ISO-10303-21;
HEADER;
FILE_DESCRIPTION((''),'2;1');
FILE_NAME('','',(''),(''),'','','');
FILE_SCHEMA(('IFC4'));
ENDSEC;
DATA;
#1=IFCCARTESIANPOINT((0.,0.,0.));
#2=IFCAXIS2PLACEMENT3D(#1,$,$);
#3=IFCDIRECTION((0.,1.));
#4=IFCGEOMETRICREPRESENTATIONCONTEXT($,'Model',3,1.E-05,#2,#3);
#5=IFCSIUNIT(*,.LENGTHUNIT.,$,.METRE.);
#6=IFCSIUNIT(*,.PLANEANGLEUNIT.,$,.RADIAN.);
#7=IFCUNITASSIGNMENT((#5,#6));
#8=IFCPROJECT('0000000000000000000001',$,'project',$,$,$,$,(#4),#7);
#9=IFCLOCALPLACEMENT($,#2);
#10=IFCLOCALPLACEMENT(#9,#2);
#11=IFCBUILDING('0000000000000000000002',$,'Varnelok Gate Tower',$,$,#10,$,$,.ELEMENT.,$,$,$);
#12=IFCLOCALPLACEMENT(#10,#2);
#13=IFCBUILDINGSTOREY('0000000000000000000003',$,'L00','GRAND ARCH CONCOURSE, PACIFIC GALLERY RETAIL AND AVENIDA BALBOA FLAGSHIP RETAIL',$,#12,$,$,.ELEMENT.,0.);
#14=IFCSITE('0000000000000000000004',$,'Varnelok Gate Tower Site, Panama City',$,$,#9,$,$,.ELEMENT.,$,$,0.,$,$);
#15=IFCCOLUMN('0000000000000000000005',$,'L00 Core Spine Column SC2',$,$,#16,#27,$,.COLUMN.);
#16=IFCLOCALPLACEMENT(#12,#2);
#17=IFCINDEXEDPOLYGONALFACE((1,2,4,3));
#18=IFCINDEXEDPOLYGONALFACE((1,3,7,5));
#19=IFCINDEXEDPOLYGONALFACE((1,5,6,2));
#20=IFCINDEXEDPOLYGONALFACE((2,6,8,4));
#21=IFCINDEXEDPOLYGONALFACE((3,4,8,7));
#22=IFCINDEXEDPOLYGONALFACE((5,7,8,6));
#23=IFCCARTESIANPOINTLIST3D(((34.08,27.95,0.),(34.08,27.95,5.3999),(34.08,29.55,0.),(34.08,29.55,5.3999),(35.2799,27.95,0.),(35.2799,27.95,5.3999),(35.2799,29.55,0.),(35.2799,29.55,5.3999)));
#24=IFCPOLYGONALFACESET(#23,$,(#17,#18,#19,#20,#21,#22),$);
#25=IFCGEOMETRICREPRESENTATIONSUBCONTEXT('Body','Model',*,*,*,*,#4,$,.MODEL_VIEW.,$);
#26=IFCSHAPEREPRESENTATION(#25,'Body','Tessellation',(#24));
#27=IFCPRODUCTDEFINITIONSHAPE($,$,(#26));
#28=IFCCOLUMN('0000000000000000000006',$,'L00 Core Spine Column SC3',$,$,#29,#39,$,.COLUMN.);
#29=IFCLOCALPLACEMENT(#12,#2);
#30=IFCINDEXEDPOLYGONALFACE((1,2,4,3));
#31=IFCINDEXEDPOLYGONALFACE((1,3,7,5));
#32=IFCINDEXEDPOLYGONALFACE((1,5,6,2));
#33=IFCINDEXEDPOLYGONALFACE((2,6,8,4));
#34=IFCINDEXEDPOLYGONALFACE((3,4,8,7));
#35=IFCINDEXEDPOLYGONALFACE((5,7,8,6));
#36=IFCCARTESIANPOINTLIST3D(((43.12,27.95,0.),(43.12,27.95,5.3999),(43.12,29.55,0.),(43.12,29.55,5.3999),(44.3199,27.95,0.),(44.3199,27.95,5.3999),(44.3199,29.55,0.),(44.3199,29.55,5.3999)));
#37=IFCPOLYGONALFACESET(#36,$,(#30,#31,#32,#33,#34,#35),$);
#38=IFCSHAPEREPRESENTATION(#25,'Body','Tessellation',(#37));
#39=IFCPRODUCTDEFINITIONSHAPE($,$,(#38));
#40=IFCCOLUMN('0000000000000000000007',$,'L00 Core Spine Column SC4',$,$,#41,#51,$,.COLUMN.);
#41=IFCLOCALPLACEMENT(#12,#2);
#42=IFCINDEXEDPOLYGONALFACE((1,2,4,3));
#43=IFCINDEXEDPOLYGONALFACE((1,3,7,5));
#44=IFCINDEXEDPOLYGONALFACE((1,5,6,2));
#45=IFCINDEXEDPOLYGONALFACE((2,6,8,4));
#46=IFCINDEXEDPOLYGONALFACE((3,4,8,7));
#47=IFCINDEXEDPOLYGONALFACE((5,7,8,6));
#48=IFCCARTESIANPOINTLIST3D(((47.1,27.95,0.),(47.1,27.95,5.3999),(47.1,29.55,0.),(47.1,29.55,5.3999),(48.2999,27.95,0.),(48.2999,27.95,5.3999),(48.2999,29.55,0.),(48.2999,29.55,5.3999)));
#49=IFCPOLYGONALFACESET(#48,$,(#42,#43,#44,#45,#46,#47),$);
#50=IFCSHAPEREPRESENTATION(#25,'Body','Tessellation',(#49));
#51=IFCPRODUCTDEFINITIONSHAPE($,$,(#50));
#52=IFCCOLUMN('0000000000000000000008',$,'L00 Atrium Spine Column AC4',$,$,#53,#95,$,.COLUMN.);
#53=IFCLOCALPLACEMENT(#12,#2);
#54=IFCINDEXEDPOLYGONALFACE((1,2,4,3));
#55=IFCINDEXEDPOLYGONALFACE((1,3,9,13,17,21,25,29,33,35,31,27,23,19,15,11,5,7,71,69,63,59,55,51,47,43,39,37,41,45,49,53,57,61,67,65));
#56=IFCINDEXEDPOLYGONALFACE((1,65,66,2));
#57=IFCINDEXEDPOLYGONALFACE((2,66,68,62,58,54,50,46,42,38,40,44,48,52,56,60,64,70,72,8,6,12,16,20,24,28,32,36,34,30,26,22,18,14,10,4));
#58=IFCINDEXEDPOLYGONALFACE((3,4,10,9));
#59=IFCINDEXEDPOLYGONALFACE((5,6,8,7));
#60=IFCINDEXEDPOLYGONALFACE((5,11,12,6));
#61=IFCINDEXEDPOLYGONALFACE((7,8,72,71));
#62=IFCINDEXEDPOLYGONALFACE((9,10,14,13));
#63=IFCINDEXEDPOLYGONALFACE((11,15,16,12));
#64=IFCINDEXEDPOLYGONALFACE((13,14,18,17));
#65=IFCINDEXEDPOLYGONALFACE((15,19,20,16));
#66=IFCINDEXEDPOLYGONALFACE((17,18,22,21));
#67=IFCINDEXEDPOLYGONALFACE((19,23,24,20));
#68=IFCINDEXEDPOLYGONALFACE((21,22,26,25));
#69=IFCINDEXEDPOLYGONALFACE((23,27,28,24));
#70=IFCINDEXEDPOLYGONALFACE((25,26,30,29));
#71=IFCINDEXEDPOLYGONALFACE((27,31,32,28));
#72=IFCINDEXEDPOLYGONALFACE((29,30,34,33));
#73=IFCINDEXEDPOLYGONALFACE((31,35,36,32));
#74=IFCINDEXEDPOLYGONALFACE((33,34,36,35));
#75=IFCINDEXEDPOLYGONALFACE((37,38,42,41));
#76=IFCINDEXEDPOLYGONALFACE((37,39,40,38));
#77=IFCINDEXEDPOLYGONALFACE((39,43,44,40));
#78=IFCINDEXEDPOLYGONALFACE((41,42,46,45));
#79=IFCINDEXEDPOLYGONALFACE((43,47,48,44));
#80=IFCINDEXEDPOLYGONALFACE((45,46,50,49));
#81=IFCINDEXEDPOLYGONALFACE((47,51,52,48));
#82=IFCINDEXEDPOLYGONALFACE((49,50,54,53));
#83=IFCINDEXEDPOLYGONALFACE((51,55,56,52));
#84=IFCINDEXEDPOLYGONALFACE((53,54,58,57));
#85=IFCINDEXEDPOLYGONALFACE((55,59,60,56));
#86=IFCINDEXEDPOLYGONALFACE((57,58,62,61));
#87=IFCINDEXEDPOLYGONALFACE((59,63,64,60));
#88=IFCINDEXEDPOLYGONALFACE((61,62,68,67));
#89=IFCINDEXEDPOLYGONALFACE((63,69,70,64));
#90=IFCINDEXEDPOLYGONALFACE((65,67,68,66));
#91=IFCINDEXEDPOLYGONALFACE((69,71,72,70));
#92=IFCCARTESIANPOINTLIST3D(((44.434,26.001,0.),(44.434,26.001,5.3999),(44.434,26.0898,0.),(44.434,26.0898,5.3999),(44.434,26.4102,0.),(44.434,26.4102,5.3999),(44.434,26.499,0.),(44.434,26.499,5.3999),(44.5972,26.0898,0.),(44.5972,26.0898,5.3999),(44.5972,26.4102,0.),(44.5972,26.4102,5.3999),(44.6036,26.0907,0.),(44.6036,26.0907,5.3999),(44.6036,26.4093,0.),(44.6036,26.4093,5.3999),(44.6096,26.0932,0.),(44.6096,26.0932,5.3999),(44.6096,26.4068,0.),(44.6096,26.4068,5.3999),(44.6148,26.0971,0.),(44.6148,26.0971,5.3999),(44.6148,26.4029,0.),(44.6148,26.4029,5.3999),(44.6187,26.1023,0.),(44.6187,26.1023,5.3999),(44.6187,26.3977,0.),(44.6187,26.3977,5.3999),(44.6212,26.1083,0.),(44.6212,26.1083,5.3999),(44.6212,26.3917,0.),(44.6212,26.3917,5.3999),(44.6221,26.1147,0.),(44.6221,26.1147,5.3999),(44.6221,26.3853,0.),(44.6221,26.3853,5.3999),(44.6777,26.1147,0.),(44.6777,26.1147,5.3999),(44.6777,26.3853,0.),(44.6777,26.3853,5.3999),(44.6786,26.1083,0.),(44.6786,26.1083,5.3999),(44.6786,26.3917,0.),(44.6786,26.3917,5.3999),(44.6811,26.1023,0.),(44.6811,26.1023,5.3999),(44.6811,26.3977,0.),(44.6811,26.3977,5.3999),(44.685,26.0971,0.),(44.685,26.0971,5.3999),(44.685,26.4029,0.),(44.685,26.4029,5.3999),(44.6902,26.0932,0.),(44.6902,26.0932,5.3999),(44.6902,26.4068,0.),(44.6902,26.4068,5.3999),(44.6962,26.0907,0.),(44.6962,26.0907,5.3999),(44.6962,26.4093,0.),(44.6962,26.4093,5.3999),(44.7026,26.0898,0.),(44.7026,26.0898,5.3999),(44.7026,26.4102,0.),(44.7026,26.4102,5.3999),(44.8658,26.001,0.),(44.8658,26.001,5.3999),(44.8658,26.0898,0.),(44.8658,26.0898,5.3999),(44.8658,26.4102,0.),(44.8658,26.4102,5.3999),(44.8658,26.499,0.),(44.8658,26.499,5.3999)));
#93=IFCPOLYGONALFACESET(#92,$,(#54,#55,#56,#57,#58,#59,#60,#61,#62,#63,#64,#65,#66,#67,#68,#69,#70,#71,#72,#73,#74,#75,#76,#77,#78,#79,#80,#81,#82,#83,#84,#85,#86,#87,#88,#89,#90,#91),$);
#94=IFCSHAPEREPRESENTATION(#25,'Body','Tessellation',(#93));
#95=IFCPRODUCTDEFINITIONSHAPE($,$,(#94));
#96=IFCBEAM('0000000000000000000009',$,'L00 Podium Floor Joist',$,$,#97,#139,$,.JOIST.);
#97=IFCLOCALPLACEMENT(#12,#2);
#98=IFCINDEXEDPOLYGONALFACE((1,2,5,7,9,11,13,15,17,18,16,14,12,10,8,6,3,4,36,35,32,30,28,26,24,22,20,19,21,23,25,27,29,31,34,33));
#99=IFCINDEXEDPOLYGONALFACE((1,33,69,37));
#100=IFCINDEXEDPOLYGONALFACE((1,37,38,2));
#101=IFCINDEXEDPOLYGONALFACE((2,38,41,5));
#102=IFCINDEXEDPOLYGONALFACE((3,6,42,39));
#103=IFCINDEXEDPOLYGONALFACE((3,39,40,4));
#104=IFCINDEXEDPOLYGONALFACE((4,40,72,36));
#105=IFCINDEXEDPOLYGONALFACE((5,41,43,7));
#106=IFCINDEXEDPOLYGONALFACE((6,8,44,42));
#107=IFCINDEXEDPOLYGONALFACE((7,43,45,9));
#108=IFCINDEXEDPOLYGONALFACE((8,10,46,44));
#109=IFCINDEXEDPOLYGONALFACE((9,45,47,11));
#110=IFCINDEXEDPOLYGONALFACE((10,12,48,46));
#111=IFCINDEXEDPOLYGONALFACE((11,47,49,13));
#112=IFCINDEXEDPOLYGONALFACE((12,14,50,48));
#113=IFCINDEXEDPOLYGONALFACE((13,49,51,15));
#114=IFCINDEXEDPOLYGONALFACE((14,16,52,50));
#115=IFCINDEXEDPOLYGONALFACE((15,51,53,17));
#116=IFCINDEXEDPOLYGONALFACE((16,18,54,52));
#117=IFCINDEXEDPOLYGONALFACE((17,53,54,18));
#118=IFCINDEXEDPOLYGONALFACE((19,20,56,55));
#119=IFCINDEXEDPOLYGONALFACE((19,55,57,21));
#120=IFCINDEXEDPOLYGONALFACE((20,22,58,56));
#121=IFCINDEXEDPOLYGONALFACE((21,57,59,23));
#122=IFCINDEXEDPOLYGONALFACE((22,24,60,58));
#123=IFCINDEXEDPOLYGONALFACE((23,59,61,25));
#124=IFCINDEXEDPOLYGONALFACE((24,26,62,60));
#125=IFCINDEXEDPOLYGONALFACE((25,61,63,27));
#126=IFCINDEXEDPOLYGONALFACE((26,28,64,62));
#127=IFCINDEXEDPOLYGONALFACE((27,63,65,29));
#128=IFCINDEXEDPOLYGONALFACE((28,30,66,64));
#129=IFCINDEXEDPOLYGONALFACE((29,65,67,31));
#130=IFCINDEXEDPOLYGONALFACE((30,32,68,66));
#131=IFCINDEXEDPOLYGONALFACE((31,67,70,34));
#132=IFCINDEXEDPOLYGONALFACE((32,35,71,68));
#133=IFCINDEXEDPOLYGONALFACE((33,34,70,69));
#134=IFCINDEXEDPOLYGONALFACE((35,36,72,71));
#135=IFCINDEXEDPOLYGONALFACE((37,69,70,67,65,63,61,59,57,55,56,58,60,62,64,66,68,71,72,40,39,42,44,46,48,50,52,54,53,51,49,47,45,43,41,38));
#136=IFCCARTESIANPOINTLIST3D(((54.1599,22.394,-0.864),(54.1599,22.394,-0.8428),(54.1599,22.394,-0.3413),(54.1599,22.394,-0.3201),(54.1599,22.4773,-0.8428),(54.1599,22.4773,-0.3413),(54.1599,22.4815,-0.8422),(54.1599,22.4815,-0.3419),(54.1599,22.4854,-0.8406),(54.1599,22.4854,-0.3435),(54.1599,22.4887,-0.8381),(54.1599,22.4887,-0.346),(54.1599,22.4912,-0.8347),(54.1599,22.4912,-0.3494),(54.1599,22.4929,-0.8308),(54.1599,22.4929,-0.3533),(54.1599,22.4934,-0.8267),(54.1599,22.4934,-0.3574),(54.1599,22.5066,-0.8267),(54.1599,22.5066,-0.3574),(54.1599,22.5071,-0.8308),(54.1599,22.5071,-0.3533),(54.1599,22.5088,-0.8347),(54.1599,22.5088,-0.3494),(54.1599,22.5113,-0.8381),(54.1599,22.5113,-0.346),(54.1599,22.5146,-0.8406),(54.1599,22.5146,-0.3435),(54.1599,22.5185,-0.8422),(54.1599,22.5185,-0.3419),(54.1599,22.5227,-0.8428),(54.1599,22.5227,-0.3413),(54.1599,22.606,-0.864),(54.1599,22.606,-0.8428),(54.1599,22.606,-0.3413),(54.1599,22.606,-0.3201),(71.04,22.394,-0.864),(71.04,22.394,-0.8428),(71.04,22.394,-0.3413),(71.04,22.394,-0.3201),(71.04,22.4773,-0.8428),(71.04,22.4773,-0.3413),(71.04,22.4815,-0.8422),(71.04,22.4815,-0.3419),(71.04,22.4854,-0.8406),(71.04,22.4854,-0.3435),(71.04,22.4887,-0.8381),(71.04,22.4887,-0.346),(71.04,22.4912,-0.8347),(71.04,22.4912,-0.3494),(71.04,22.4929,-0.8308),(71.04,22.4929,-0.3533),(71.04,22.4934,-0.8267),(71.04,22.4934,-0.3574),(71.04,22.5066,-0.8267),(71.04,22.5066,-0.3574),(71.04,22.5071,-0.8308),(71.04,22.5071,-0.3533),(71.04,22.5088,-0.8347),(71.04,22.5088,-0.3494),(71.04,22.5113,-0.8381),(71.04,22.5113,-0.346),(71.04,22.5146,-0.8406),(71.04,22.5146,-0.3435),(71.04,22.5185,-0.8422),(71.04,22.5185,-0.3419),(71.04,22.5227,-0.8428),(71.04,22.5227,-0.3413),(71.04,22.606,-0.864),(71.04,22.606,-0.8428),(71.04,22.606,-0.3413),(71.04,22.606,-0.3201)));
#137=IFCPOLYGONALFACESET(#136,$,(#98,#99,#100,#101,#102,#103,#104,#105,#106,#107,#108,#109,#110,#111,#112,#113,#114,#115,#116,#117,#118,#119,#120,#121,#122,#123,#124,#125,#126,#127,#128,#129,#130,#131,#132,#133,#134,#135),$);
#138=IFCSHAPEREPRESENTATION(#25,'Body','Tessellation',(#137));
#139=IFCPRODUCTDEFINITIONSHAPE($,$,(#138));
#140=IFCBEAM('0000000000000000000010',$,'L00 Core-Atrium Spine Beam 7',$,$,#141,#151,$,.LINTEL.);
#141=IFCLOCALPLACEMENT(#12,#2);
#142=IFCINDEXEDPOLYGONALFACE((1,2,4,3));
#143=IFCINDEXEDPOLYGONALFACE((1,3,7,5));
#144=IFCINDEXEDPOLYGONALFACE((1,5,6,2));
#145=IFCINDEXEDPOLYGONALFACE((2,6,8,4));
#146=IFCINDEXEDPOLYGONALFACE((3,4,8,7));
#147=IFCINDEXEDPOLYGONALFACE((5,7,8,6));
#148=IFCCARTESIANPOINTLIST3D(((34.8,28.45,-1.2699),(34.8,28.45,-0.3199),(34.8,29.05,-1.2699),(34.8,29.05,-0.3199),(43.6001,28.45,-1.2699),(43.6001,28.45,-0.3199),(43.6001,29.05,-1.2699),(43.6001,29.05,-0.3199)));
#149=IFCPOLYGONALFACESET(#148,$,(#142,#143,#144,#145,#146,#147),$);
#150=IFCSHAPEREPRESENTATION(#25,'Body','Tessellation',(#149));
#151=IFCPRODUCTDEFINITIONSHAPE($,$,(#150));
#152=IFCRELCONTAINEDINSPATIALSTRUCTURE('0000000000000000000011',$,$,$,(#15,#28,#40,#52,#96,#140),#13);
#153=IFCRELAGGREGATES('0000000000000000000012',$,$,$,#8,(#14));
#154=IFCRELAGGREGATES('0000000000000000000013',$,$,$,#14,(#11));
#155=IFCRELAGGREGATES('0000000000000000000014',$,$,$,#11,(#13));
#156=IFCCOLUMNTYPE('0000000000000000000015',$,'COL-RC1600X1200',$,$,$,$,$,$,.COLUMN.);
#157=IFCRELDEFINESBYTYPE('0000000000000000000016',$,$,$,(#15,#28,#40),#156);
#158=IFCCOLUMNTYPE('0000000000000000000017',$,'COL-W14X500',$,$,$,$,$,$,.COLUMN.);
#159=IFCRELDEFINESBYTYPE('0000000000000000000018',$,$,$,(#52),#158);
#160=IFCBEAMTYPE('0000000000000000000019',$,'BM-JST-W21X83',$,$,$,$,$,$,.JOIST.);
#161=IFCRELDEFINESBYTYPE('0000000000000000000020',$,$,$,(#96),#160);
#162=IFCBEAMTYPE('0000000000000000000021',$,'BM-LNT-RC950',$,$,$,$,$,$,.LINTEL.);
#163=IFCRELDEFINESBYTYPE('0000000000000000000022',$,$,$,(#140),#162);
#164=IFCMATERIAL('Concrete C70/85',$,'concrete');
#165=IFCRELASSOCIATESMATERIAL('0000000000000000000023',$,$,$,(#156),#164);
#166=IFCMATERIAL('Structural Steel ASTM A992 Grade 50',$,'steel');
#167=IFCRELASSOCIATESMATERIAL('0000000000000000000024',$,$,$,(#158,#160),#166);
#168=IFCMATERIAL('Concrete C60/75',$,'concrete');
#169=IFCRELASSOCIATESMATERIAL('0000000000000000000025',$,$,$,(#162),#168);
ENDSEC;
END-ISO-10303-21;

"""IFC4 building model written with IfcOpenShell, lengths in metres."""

from ifc_helpers import new_model, si_unit, direction, frame, origin, origin_2d, place, context, subcontext, project, spatial, rectangle, i_section, extrude, material, material_profile, profile_set, type_object, element, save


model = new_model("IFC4")

# Units and contexts
model_context = context("Model", 3, precision=1e-05, world=origin(), true_north=direction((0.0, 1.0)))
body_context = subcontext(model_context, "Body", "Model", "MODEL_VIEW")
ifc_project = project(units=[si_unit("LENGTHUNIT", "METRE"), si_unit("PLANEANGLEUNIT", "RADIAN")], contexts=[model_context])

# Site, building, storey
site_placement = place(None, origin())
site = spatial("IfcSite", under=ifc_project, at=site_placement, Name="Varnelok Gate Tower Site, Panama City", CompositionType="ELEMENT", RefElevation=0.0)
building_placement = place(site_placement, origin())
building = spatial("IfcBuilding", under=site, at=building_placement, Name="Varnelok Gate Tower", CompositionType="ELEMENT")
storey_placement = place(building_placement, origin())
storey = spatial("IfcBuildingStorey", under=building, at=storey_placement, Name="L00", Description="GRAND ARCH CONCOURSE, PACIFIC GALLERY RETAIL AND AVENIDA BALBOA FLAGSHIP RETAIL", CompositionType="ELEMENT", Elevation=0.0)

# Columns
ifc_material_1 = material(Name="Concrete C70/85", Category="concrete")
ifc_material_profile_1 = material_profile(ifc_material_1, rectangle(XDim=1.2, YDim=1.6001, at=origin_2d()), Name="RC1600X1200")
ifc_profile_set_1 = profile_set([ifc_material_profile_1], Name="Concrete C70/85")
column_type_1 = type_object("IfcColumnType", Name="COL-RC1600X1200", PredefinedType="COLUMN", material=ifc_profile_set_1)
for number, where, z_axis, x_axis, name in (
    (1, (34.6799, 28.75, 0.0), (0.0, 0.0, 1.0), (1.0, 0.0, 0.0), "L00 Core Spine Column SC2"),
    (2, (43.72, 28.75, 0.0), (0.0, 0.0, 1.0), (1.0, 0.0, 0.0), "L00 Core Spine Column SC3"),
    (3, (47.7, 28.75, 0.0), (0.0, 0.0, 1.0), (1.0, 0.0, 0.0), "L00 Core Spine Column SC4"),
):
    element("IfcColumn", number, at=place(storey_placement, frame(where, z_axis=z_axis, x_axis=x_axis)), inside=storey, type_object=column_type_1, Name=name, PredefinedType="COLUMN", context=body_context, shape_type="SweptSolid", body=[
        extrude(rectangle(XDim=1.2, YDim=1.6001, at=origin_2d()), origin(), (0.0, 0.0, 1.0), 5.3999),
    ])
ifc_material_2 = material(Name="Structural Steel ASTM A992 Grade 50", Category="steel")
ifc_material_profile_2 = material_profile(ifc_material_2, i_section(OverallWidth=0.4319, OverallDepth=0.498, WebThickness=0.0557, FlangeThickness=0.0889, FilletRadius=0.0249, at=origin_2d()), Name="W14X500")
ifc_profile_set_2 = profile_set([ifc_material_profile_2], Name="Structural Steel ASTM A992 Grade 50")
column_type_2 = type_object("IfcColumnType", Name="COL-W14X500", PredefinedType="COLUMN", material=ifc_profile_set_2)
column_placement = place(storey_placement, frame((44.6499, 26.25, 0.0), z_axis=(0.0, 0.0, 1.0), x_axis=(1.0, 0.0, 0.0)))
element("IfcColumn", 4, at=column_placement, inside=storey, type_object=column_type_2, Name="L00 Atrium Spine Column AC4", PredefinedType="COLUMN", context=body_context, shape_type="SweptSolid", body=[
    extrude(i_section(OverallWidth=0.4319, OverallDepth=0.498, WebThickness=0.0557, FlangeThickness=0.0889, FilletRadius=0.0249, at=origin_2d()), origin(), (0.0, 0.0, 1.0), 5.3999),
])

# Beams
ifc_material_profile_3 = material_profile(ifc_material_2, i_section(OverallWidth=0.2119, OverallDepth=0.5439, WebThickness=0.0132, FlangeThickness=0.0212, FilletRadius=0.0161, at=origin_2d()), Name="W21X83")
ifc_profile_set_3 = profile_set([ifc_material_profile_3], Name="Structural Steel ASTM A992 Grade 50")
beam_type_1 = type_object("IfcBeamType", Name="BM-JST-W21X83", PredefinedType="JOIST", material=ifc_profile_set_3)
beam_1_placement = place(storey_placement, frame((54.1599, 22.5, -0.592), z_axis=(1.0, 0.0, 0.0), x_axis=(0.0, 1.0, 0.0)))
element("IfcBeam", 5, at=beam_1_placement, inside=storey, type_object=beam_type_1, Name="L00 Podium Floor Joist", PredefinedType="JOIST", context=body_context, shape_type="SweptSolid", body=[
    extrude(i_section(OverallWidth=0.2119, OverallDepth=0.5439, WebThickness=0.0132, FlangeThickness=0.0212, FilletRadius=0.0161, at=origin_2d()), origin(), (0.0, 0.0, 1.0), 16.8801),
])
ifc_material_3 = material(Name="Concrete C60/75", Category="concrete")
ifc_material_profile_4 = material_profile(ifc_material_3, rectangle(XDim=0.6001, YDim=0.95, at=origin_2d()), Name="RC950X600")
ifc_profile_set_4 = profile_set([ifc_material_profile_4], Name="Concrete C60/75")
beam_type_2 = type_object("IfcBeamType", Name="BM-LNT-RC950", PredefinedType="LINTEL", material=ifc_profile_set_4)
beam_2_placement = place(storey_placement, frame((34.8, 28.75, -0.7949), z_axis=(1.0, 0.0, 0.0), x_axis=(0.0, 1.0, 0.0)))
element("IfcBeam", 6, at=beam_2_placement, inside=storey, type_object=beam_type_2, Name="L00 Core-Atrium Spine Beam 7", PredefinedType="LINTEL", context=body_context, shape_type="SweptSolid", body=[
    extrude(rectangle(XDim=0.6001, YDim=0.95, at=origin_2d()), origin(), (0.0, 0.0, 1.0), 8.8),
])

save(model, "model.ifc")
